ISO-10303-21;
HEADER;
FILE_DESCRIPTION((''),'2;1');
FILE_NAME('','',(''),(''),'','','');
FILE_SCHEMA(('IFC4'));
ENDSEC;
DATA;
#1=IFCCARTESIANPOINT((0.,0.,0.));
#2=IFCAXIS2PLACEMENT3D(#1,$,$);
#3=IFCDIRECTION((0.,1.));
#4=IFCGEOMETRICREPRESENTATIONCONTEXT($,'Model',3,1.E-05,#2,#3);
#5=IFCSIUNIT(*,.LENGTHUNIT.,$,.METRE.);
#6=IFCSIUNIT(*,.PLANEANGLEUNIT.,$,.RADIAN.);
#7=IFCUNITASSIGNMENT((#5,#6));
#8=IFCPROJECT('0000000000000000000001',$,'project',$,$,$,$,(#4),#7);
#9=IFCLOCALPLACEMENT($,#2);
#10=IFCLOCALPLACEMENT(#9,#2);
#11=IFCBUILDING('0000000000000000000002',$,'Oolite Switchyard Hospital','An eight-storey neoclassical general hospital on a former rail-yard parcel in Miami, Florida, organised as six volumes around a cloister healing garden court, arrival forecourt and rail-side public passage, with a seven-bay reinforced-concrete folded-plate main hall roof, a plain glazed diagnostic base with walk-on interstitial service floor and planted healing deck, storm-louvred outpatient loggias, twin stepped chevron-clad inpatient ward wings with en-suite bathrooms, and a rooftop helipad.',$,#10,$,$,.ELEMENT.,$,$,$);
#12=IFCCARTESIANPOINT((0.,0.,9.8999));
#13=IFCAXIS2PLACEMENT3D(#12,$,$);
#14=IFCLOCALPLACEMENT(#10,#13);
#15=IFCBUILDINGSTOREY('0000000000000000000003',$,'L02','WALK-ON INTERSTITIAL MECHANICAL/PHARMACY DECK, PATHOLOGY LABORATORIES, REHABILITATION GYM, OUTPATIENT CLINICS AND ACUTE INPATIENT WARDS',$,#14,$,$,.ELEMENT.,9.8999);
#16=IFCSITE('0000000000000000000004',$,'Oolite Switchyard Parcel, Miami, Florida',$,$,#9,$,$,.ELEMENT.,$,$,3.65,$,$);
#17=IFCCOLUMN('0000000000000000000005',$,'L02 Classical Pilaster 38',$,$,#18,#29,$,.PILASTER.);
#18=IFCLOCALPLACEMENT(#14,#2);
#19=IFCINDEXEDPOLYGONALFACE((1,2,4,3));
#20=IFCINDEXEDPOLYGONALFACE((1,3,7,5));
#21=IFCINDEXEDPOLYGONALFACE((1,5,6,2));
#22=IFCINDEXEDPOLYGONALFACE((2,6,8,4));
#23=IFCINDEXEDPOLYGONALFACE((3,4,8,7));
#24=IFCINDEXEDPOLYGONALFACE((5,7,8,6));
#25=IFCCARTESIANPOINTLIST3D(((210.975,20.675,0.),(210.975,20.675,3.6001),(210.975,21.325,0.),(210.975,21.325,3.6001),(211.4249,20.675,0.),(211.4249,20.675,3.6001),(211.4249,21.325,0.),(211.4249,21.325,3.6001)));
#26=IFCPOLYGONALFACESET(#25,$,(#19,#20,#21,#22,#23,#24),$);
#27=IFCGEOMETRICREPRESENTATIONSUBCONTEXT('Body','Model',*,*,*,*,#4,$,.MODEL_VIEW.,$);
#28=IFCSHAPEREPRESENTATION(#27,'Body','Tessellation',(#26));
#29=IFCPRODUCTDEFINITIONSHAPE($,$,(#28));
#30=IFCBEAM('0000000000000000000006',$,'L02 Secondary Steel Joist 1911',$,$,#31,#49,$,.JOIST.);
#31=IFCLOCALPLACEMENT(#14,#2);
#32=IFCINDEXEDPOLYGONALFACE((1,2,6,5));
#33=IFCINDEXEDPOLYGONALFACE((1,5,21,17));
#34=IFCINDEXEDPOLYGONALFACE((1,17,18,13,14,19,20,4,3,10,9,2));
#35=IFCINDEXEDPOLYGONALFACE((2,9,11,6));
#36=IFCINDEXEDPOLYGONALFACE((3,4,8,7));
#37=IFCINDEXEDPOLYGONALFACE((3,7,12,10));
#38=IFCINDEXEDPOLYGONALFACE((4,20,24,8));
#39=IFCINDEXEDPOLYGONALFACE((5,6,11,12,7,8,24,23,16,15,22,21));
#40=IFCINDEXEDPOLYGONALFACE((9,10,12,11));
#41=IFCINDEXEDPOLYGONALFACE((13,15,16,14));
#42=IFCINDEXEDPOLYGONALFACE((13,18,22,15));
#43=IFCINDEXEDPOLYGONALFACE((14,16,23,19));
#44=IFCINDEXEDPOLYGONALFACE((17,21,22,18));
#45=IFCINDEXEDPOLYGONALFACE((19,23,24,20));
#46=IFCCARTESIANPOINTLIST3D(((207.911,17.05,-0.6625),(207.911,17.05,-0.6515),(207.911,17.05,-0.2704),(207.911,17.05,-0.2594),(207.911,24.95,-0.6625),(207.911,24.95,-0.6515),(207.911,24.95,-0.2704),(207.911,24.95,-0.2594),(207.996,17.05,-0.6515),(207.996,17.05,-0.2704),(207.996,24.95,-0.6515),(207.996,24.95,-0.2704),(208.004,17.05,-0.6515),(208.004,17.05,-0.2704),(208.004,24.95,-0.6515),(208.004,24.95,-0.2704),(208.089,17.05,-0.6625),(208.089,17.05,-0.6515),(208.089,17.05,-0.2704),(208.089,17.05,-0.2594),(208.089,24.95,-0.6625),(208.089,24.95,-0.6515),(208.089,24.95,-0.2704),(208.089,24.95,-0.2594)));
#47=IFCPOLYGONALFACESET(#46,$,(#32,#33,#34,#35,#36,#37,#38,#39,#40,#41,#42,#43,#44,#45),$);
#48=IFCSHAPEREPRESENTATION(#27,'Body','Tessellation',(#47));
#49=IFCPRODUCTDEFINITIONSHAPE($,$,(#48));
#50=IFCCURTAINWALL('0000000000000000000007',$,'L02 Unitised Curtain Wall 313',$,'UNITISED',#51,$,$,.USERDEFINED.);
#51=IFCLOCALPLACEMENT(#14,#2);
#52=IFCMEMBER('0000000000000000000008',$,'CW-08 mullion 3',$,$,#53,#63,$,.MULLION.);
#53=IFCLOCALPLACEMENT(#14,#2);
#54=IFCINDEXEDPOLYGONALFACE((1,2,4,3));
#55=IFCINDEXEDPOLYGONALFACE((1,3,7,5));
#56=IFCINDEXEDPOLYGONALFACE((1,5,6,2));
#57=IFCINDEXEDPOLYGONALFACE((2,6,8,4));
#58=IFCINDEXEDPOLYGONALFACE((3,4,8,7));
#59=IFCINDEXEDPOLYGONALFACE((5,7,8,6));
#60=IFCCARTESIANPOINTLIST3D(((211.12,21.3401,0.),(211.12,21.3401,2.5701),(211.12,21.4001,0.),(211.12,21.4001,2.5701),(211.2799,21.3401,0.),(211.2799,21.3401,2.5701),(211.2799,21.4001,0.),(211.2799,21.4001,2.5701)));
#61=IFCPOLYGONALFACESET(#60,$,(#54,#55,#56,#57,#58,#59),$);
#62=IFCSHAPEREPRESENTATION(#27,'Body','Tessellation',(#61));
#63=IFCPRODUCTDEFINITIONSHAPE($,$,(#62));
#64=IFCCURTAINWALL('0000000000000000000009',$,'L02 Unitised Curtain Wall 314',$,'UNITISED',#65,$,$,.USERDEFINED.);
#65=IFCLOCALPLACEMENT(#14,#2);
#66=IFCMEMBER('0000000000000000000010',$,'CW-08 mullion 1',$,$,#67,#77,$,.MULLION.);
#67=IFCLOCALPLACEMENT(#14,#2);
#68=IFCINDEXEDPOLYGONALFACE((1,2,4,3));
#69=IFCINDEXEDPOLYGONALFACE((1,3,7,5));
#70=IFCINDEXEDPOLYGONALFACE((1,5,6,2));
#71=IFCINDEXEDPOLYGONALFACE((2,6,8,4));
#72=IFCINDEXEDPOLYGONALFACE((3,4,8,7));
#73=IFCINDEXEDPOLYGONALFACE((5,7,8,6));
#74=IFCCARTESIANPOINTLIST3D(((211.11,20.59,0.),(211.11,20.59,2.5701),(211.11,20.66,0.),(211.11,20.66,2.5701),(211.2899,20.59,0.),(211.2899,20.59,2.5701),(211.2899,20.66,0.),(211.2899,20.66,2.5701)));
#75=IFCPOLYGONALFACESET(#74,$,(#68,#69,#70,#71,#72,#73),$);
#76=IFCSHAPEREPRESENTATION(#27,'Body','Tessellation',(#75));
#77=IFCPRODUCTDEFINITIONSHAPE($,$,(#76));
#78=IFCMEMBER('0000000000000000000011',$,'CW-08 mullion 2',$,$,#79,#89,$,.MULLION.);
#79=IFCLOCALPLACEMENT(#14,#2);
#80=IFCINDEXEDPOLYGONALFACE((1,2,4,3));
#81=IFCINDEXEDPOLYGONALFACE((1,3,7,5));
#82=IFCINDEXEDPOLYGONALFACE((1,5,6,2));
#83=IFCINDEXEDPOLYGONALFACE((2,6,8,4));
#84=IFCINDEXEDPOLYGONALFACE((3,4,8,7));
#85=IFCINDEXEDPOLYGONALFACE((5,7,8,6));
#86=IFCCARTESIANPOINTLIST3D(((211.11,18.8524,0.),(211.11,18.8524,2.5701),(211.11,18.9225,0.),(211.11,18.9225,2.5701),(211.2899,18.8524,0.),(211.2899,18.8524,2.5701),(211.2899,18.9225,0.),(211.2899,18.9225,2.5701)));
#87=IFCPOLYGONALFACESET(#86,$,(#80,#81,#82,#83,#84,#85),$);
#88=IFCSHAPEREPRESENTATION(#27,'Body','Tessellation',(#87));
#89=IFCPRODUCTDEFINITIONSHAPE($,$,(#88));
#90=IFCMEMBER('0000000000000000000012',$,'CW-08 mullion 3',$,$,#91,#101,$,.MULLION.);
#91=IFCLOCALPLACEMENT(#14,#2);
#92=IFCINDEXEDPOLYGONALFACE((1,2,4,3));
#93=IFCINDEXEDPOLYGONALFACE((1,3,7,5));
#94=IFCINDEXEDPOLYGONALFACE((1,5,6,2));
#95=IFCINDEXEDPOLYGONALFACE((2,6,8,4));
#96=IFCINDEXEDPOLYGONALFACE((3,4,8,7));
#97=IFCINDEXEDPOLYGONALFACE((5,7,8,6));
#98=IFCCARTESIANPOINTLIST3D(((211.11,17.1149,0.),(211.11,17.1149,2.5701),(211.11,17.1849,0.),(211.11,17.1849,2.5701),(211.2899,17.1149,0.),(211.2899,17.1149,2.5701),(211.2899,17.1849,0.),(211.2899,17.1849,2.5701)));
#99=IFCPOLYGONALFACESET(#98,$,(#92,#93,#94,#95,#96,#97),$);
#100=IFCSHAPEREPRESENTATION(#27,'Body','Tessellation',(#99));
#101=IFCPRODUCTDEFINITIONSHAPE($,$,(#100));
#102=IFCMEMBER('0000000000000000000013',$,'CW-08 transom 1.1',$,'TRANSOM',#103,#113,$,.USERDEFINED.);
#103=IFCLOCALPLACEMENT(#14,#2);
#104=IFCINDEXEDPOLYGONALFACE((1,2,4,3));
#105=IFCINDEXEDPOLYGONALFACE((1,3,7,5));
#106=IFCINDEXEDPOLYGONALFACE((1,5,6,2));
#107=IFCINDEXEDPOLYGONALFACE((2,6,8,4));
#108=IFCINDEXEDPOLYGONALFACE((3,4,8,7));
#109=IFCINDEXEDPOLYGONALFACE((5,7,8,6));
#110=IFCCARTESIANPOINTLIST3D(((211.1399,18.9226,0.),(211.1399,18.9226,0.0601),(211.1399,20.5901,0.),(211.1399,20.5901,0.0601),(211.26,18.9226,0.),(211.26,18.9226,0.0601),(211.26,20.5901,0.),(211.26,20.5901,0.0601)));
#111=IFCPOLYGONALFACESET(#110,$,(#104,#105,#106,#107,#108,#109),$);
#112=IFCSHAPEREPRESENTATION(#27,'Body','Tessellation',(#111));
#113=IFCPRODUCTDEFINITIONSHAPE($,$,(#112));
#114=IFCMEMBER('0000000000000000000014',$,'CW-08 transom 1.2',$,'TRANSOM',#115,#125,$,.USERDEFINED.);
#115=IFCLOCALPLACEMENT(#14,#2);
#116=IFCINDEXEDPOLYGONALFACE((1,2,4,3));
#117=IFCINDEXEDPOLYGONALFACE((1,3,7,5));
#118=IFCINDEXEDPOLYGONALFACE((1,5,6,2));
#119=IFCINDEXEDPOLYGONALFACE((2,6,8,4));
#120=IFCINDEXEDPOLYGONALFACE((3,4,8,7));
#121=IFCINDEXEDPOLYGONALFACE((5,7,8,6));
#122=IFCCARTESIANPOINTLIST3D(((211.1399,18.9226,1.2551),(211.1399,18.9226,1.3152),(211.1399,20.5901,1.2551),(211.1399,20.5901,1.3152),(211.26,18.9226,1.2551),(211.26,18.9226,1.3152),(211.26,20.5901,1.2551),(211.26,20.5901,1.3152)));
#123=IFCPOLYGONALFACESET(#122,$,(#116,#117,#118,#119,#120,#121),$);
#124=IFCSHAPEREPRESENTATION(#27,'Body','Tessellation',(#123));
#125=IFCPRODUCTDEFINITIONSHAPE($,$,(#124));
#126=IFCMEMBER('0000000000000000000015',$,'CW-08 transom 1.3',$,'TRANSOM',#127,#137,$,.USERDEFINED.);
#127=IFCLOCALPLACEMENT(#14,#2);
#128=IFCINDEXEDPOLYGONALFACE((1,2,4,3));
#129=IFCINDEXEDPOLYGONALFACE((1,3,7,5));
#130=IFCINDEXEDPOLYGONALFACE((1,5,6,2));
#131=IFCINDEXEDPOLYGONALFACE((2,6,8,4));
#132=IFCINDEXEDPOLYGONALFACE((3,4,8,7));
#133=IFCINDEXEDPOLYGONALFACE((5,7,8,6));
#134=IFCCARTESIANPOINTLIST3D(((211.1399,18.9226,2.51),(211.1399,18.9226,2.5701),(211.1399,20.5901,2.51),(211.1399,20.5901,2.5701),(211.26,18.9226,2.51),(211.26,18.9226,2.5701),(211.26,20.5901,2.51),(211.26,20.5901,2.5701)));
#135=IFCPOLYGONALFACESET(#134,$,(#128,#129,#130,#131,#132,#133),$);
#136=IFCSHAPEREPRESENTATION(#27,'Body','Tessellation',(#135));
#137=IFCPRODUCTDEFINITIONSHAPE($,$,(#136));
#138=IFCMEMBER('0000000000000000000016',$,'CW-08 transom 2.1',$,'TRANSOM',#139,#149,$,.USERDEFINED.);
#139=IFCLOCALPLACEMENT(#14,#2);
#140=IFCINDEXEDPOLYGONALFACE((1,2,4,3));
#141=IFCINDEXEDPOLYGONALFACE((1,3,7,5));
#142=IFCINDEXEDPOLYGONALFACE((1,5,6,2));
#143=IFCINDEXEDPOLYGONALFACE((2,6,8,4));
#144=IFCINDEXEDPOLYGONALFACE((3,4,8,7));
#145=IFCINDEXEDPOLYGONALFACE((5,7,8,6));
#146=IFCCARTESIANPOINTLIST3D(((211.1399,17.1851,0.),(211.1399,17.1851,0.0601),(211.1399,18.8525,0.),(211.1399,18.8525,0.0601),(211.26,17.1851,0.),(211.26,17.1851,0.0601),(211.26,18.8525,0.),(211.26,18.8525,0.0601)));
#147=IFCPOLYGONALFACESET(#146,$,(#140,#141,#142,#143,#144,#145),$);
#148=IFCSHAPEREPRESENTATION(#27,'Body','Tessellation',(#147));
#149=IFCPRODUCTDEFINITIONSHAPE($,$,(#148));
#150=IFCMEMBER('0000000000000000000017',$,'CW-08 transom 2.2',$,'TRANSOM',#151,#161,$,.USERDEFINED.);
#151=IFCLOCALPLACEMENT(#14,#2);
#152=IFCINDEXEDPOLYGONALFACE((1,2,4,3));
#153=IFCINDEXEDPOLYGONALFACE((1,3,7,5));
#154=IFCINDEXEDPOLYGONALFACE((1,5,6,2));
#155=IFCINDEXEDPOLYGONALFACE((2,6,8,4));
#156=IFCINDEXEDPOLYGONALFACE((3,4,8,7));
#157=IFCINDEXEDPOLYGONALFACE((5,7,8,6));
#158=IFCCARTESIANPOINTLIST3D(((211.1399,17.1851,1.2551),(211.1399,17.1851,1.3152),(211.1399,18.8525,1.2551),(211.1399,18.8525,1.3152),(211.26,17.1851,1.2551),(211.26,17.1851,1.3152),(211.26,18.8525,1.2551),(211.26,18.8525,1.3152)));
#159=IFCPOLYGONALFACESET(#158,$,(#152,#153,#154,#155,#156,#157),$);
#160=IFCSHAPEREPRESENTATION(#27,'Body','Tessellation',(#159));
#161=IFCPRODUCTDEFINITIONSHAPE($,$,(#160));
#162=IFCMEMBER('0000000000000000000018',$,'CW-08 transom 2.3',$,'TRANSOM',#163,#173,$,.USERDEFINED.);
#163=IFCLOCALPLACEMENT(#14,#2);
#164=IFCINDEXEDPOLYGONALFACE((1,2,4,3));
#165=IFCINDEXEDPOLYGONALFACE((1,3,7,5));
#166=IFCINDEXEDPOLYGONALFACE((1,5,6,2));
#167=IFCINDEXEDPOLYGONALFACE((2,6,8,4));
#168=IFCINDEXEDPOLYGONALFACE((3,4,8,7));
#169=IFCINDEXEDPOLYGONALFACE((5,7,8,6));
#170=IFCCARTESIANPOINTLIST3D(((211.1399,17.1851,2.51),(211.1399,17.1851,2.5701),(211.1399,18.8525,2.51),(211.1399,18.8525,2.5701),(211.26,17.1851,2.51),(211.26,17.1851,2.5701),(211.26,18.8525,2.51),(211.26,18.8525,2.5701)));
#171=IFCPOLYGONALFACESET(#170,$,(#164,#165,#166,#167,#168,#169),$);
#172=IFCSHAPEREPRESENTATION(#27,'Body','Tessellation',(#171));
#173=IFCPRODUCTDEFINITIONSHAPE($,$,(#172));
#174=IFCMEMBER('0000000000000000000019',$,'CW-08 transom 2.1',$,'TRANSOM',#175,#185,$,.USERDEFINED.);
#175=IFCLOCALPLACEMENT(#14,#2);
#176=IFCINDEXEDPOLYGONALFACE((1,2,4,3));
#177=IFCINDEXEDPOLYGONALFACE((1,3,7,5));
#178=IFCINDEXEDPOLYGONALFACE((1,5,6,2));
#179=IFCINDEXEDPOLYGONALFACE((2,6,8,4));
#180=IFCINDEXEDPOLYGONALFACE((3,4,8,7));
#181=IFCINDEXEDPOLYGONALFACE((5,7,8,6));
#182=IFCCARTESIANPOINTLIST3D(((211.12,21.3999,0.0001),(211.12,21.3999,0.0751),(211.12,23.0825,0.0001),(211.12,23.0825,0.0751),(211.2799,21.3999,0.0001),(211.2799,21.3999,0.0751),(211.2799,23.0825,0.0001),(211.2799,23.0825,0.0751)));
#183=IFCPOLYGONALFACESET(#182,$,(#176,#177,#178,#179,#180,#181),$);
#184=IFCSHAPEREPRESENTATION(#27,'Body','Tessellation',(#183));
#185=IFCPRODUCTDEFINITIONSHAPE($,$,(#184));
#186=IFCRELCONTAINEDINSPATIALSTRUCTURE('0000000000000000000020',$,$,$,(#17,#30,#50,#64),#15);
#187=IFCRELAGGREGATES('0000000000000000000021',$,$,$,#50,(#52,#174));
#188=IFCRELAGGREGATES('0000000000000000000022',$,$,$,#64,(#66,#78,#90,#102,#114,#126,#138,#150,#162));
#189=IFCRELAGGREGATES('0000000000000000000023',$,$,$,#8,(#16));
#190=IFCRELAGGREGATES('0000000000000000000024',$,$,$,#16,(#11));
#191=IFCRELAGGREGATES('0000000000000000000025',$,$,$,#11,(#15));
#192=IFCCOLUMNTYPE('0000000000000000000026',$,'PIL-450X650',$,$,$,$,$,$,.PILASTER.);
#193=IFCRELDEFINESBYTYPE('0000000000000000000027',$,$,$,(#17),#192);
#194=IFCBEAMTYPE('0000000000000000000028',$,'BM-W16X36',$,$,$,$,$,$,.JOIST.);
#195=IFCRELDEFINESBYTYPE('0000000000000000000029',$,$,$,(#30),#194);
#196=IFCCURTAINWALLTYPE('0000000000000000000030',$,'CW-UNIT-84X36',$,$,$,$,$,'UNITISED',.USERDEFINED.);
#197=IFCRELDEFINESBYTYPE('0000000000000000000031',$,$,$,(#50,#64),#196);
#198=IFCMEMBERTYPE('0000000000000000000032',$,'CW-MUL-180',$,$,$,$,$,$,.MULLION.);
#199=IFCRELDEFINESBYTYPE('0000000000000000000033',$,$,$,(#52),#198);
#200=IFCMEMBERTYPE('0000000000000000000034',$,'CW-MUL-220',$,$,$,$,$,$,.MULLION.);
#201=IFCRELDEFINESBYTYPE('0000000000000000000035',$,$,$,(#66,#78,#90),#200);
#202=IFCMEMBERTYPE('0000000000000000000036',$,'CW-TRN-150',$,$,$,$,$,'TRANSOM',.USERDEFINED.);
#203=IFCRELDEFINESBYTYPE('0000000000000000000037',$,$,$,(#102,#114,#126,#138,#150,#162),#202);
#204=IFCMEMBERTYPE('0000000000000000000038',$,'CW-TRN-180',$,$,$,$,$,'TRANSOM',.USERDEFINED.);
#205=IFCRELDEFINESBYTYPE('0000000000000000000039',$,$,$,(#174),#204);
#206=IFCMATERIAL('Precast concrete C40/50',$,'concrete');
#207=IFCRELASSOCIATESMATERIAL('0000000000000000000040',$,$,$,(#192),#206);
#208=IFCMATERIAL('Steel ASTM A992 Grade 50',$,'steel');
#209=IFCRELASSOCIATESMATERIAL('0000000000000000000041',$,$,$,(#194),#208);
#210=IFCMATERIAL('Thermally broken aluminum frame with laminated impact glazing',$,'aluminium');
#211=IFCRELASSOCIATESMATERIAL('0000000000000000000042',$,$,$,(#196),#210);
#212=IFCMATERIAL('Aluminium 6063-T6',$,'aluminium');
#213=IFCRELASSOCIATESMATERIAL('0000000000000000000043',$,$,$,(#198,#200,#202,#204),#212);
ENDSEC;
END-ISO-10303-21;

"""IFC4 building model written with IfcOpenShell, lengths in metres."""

from ifc_helpers import new_model, si_unit, direction, frame, origin, origin_2d, place, context, subcontext, project, spatial, rectangle, i_section, extrude, material, material_profile, profile_set, type_object, element, aggregate, save


model = new_model("IFC4")

# Units and contexts
model_context = context("Model", 3, precision=1e-05, world=origin(), true_north=direction((0.0, 1.0)))
body_context = subcontext(model_context, "Body", "Model", "MODEL_VIEW")
ifc_project = project(units=[si_unit("LENGTHUNIT", "METRE"), si_unit("PLANEANGLEUNIT", "RADIAN")], contexts=[model_context])

# Site, building, storey
site_placement = place(None, origin())
site = spatial("IfcSite", under=ifc_project, at=site_placement, Name="Oolite Switchyard Parcel, Miami, Florida", CompositionType="ELEMENT", RefElevation=3.65)
building_placement = place(site_placement, origin())
building = spatial("IfcBuilding", under=site, at=building_placement, Name="Oolite Switchyard Hospital", Description="An eight-storey neoclassical general hospital on a former rail-yard parcel in Miami, Florida, organised as six volumes around a cloister healing garden court, arrival forecourt and rail-side public passage, with a seven-bay reinforced-concrete folded-plate main hall roof, a plain glazed diagnostic base with walk-on interstitial service floor and planted healing deck, storm-louvred outpatient loggias, twin stepped chevron-clad inpatient ward wings with en-suite bathrooms, and a rooftop helipad.", CompositionType="ELEMENT")
storey_placement = place(building_placement, frame((0.0, 0.0, 9.8999)))
storey = spatial("IfcBuildingStorey", under=building, at=storey_placement, Name="L02", Description="WALK-ON INTERSTITIAL MECHANICAL/PHARMACY DECK, PATHOLOGY LABORATORIES, REHABILITATION GYM, OUTPATIENT CLINICS AND ACUTE INPATIENT WARDS", CompositionType="ELEMENT", Elevation=9.8999)

# Column
ifc_material_1 = material(Name="Precast concrete C40/50", Category="concrete")
ifc_material_profile_1 = material_profile(ifc_material_1, rectangle(XDim=0.45, YDim=0.6499, at=origin_2d()), Name="PIL450X650")
ifc_profile_set_1 = profile_set([ifc_material_profile_1], Name="Precast concrete C40/50")
column_type = type_object("IfcColumnType", Name="PIL-450X650", PredefinedType="PILASTER", material=ifc_profile_set_1)
column_placement = place(storey_placement, frame((211.2, 21.0, 0.0), z_axis=(0.0, 0.0, 1.0), x_axis=(1.0, 0.0, 0.0)))
element("IfcColumn", 1, at=column_placement, inside=storey, type_object=column_type, Name="L02 Classical Pilaster 38", PredefinedType="PILASTER", context=body_context, shape_type="SweptSolid", body=[
    extrude(rectangle(XDim=0.45, YDim=0.6499, at=origin_2d()), origin(), (0.0, 0.0, 1.0), 3.6001),
])

# Beam
ifc_material_2 = material(Name="Steel ASTM A992 Grade 50", Category="steel")
ifc_material_profile_2 = material_profile(ifc_material_2, i_section(OverallWidth=0.178, OverallDepth=0.4031, WebThickness=0.0081, FlangeThickness=0.011, at=origin_2d()), Name="W16X36")
ifc_profile_set_2 = profile_set([ifc_material_profile_2], Name="Steel ASTM A992 Grade 50")
beam_type = type_object("IfcBeamType", Name="BM-W16X36", PredefinedType="JOIST", material=ifc_profile_set_2)
beam_placement = place(storey_placement, frame((208.0, 17.05, -0.4609), z_axis=(0.0, 1.0, 0.0), x_axis=(-1.0, 0.0, 0.0)))
element("IfcBeam", 2, at=beam_placement, inside=storey, type_object=beam_type, Name="L02 Secondary Steel Joist 1911", PredefinedType="JOIST", context=body_context, shape_type="SweptSolid", body=[
    extrude(i_section(OverallWidth=0.178, OverallDepth=0.4031, WebThickness=0.0081, FlangeThickness=0.011, at=origin_2d()), origin(), (0.0, 0.0, 1.0), 7.8999),
])

# Curtain wall, member
ifc_material_3 = material(Name="Thermally broken aluminum frame with laminated impact glazing", Category="aluminium")
curtain_wall_type = type_object("IfcCurtainWallType", Name="CW-UNIT-84X36", ElementType="UNITISED", PredefinedType="USERDEFINED", material=ifc_material_3)
curtain_wall_1_placement = place(storey_placement, origin())
curtain_wall_1 = element("IfcCurtainWall", 3, at=curtain_wall_1_placement, inside=storey, type_object=curtain_wall_type, Name="L02 Unitised Curtain Wall 313", ObjectType="UNITISED", PredefinedType="USERDEFINED")
ifc_material_4 = material(Name="Aluminium 6063-T6", Category="aluminium")
ifc_material_profile_3 = material_profile(ifc_material_4, rectangle(XDim=0.1599, YDim=0.0601, at=origin_2d()), Name="CWM60X160")
ifc_profile_set_3 = profile_set([ifc_material_profile_3], Name="Aluminium 6063-T6")
member_type_1 = type_object("IfcMemberType", Name="CW-MUL-180", PredefinedType="MULLION", material=ifc_profile_set_3)
member_1_placement = place(storey_placement, frame((211.2, 21.3701, 0.0), z_axis=(0.0, 0.0, 1.0), x_axis=(1.0, 0.0, 0.0)))
member_1 = element("IfcMember", 4, at=member_1_placement, type_object=member_type_1, Name="CW-08 mullion 3", PredefinedType="MULLION", context=body_context, shape_type="SweptSolid", body=[
    extrude(rectangle(XDim=0.1599, YDim=0.0601, at=origin_2d()), origin(), (0.0, 0.0, 1.0), 2.5701),
])

# Curtain wall, members
curtain_wall_2_placement = place(storey_placement, origin())
curtain_wall_2 = element("IfcCurtainWall", 5, at=curtain_wall_2_placement, inside=storey, type_object=curtain_wall_type, Name="L02 Unitised Curtain Wall 314", ObjectType="UNITISED", PredefinedType="USERDEFINED")
ifc_material_profile_4 = material_profile(ifc_material_4, rectangle(XDim=0.1799, YDim=0.0701, at=origin_2d()), Name="CWM70X180")
ifc_profile_set_4 = profile_set([ifc_material_profile_4], Name="Aluminium 6063-T6")
member_type_2 = type_object("IfcMemberType", Name="CW-MUL-220", PredefinedType="MULLION", material=ifc_profile_set_4)
member_2_placement = place(storey_placement, frame((211.2, 20.625, 0.0), z_axis=(0.0, 0.0, 1.0), x_axis=(1.0, 0.0, 0.0)))
member_2 = element("IfcMember", 6, at=member_2_placement, type_object=member_type_2, Name="CW-08 mullion 1", PredefinedType="MULLION", context=body_context, shape_type="SweptSolid", body=[
    extrude(rectangle(XDim=0.1799, YDim=0.0701, at=origin_2d()), origin(), (0.0, 0.0, 1.0), 2.5701),
])
member_3_placement = place(storey_placement, frame((211.2, 18.8875, 0.0), z_axis=(0.0, 0.0, 1.0), x_axis=(1.0, 0.0, 0.0)))
member_3 = element("IfcMember", 7, at=member_3_placement, type_object=member_type_2, Name="CW-08 mullion 2", PredefinedType="MULLION", context=body_context, shape_type="SweptSolid", body=[
    extrude(rectangle(XDim=0.1799, YDim=0.0701, at=origin_2d()), origin(), (0.0, 0.0, 1.0), 2.5701),
])
member_4_placement = place(storey_placement, frame((211.2, 17.1499, 0.0), z_axis=(0.0, 0.0, 1.0), x_axis=(1.0, 0.0, 0.0)))
member_4 = element("IfcMember", 8, at=member_4_placement, type_object=member_type_2, Name="CW-08 mullion 3", PredefinedType="MULLION", context=body_context, shape_type="SweptSolid", body=[
    extrude(rectangle(XDim=0.1799, YDim=0.0701, at=origin_2d()), origin(), (0.0, 0.0, 1.0), 2.5701),
])
ifc_material_profile_5 = material_profile(ifc_material_4, rectangle(XDim=0.1201, YDim=0.0601, at=origin_2d()), Name="CWT60X120")
ifc_profile_set_5 = profile_set([ifc_material_profile_5], Name="Aluminium 6063-T6")
member_type_3 = type_object("IfcMemberType", Name="CW-TRN-150", ElementType="TRANSOM", PredefinedType="USERDEFINED", material=ifc_profile_set_5)
member_5_placement = place(storey_placement, frame((211.2, 20.5901, 0.03), z_axis=(0.0, -1.0, 0.0), x_axis=(1.0, 0.0, 0.0)))
member_5 = element("IfcMember", 9, at=member_5_placement, type_object=member_type_3, Name="CW-08 transom 1.1", ObjectType="TRANSOM", PredefinedType="USERDEFINED", context=body_context, shape_type="SweptSolid", body=[
    extrude(rectangle(XDim=0.1201, YDim=0.0601, at=origin_2d()), origin(), (0.0, 0.0, 1.0), 1.6675),
])
member_6_placement = place(storey_placement, frame((211.2, 20.5901, 1.2852), z_axis=(0.0, -1.0, 0.0), x_axis=(1.0, 0.0, 0.0)))
member_6 = element("IfcMember", 10, at=member_6_placement, type_object=member_type_3, Name="CW-08 transom 1.2", ObjectType="TRANSOM", PredefinedType="USERDEFINED", context=body_context, shape_type="SweptSolid", body=[
    extrude(rectangle(XDim=0.1201, YDim=0.0601, at=origin_2d()), origin(), (0.0, 0.0, 1.0), 1.6675),
])
member_7_placement = place(storey_placement, frame((211.2, 20.5901, 2.54), z_axis=(0.0, -1.0, 0.0), x_axis=(1.0, 0.0, 0.0)))
member_7 = element("IfcMember", 11, at=member_7_placement, type_object=member_type_3, Name="CW-08 transom 1.3", ObjectType="TRANSOM", PredefinedType="USERDEFINED", context=body_context, shape_type="SweptSolid", body=[
    extrude(rectangle(XDim=0.1201, YDim=0.0601, at=origin_2d()), origin(), (0.0, 0.0, 1.0), 1.6675),
])
member_8_placement = place(storey_placement, frame((211.2, 18.8525, 0.03), z_axis=(0.0, -1.0, 0.0), x_axis=(1.0, 0.0, 0.0)))
member_8 = element("IfcMember", 12, at=member_8_placement, type_object=member_type_3, Name="CW-08 transom 2.1", ObjectType="TRANSOM", PredefinedType="USERDEFINED", context=body_context, shape_type="SweptSolid", body=[
    extrude(rectangle(XDim=0.1201, YDim=0.0601, at=origin_2d()), origin(), (0.0, 0.0, 1.0), 1.6675),
])
member_9_placement = place(storey_placement, frame((211.2, 18.8525, 1.2852), z_axis=(0.0, -1.0, 0.0), x_axis=(1.0, 0.0, 0.0)))
member_9 = element("IfcMember", 13, at=member_9_placement, type_object=member_type_3, Name="CW-08 transom 2.2", ObjectType="TRANSOM", PredefinedType="USERDEFINED", context=body_context, shape_type="SweptSolid", body=[
    extrude(rectangle(XDim=0.1201, YDim=0.0601, at=origin_2d()), origin(), (0.0, 0.0, 1.0), 1.6675),
])
member_10_placement = place(storey_placement, frame((211.2, 18.8525, 2.54), z_axis=(0.0, -1.0, 0.0), x_axis=(1.0, 0.0, 0.0)))
member_10 = element("IfcMember", 14, at=member_10_placement, type_object=member_type_3, Name="CW-08 transom 2.3", ObjectType="TRANSOM", PredefinedType="USERDEFINED", context=body_context, shape_type="SweptSolid", body=[
    extrude(rectangle(XDim=0.1201, YDim=0.0601, at=origin_2d()), origin(), (0.0, 0.0, 1.0), 1.6675),
])

# Member
ifc_material_profile_6 = material_profile(ifc_material_4, rectangle(XDim=0.1599, YDim=0.075, at=origin_2d()), Name="CWT75X160")
ifc_profile_set_6 = profile_set([ifc_material_profile_6], Name="Aluminium 6063-T6")
member_type_4 = type_object("IfcMemberType", Name="CW-TRN-180", ElementType="TRANSOM", PredefinedType="USERDEFINED", material=ifc_profile_set_6)
member_11_placement = place(storey_placement, frame((211.2, 23.0825, 0.0376), z_axis=(0.0, -1.0, 0.0), x_axis=(1.0, 0.0, 0.0)))
member_11 = element("IfcMember", 15, at=member_11_placement, type_object=member_type_4, Name="CW-08 transom 2.1", ObjectType="TRANSOM", PredefinedType="USERDEFINED", context=body_context, shape_type="SweptSolid", body=[
    extrude(rectangle(XDim=0.1599, YDim=0.075, at=origin_2d()), origin(), (0.0, 0.0, 1.0), 1.6826),
])

aggregate(curtain_wall_1, [member_1, member_11])
aggregate(curtain_wall_2, [member_2, member_3, member_4, member_5, member_6, member_7, member_8, member_9, member_10])

save(model, "model.ifc")
